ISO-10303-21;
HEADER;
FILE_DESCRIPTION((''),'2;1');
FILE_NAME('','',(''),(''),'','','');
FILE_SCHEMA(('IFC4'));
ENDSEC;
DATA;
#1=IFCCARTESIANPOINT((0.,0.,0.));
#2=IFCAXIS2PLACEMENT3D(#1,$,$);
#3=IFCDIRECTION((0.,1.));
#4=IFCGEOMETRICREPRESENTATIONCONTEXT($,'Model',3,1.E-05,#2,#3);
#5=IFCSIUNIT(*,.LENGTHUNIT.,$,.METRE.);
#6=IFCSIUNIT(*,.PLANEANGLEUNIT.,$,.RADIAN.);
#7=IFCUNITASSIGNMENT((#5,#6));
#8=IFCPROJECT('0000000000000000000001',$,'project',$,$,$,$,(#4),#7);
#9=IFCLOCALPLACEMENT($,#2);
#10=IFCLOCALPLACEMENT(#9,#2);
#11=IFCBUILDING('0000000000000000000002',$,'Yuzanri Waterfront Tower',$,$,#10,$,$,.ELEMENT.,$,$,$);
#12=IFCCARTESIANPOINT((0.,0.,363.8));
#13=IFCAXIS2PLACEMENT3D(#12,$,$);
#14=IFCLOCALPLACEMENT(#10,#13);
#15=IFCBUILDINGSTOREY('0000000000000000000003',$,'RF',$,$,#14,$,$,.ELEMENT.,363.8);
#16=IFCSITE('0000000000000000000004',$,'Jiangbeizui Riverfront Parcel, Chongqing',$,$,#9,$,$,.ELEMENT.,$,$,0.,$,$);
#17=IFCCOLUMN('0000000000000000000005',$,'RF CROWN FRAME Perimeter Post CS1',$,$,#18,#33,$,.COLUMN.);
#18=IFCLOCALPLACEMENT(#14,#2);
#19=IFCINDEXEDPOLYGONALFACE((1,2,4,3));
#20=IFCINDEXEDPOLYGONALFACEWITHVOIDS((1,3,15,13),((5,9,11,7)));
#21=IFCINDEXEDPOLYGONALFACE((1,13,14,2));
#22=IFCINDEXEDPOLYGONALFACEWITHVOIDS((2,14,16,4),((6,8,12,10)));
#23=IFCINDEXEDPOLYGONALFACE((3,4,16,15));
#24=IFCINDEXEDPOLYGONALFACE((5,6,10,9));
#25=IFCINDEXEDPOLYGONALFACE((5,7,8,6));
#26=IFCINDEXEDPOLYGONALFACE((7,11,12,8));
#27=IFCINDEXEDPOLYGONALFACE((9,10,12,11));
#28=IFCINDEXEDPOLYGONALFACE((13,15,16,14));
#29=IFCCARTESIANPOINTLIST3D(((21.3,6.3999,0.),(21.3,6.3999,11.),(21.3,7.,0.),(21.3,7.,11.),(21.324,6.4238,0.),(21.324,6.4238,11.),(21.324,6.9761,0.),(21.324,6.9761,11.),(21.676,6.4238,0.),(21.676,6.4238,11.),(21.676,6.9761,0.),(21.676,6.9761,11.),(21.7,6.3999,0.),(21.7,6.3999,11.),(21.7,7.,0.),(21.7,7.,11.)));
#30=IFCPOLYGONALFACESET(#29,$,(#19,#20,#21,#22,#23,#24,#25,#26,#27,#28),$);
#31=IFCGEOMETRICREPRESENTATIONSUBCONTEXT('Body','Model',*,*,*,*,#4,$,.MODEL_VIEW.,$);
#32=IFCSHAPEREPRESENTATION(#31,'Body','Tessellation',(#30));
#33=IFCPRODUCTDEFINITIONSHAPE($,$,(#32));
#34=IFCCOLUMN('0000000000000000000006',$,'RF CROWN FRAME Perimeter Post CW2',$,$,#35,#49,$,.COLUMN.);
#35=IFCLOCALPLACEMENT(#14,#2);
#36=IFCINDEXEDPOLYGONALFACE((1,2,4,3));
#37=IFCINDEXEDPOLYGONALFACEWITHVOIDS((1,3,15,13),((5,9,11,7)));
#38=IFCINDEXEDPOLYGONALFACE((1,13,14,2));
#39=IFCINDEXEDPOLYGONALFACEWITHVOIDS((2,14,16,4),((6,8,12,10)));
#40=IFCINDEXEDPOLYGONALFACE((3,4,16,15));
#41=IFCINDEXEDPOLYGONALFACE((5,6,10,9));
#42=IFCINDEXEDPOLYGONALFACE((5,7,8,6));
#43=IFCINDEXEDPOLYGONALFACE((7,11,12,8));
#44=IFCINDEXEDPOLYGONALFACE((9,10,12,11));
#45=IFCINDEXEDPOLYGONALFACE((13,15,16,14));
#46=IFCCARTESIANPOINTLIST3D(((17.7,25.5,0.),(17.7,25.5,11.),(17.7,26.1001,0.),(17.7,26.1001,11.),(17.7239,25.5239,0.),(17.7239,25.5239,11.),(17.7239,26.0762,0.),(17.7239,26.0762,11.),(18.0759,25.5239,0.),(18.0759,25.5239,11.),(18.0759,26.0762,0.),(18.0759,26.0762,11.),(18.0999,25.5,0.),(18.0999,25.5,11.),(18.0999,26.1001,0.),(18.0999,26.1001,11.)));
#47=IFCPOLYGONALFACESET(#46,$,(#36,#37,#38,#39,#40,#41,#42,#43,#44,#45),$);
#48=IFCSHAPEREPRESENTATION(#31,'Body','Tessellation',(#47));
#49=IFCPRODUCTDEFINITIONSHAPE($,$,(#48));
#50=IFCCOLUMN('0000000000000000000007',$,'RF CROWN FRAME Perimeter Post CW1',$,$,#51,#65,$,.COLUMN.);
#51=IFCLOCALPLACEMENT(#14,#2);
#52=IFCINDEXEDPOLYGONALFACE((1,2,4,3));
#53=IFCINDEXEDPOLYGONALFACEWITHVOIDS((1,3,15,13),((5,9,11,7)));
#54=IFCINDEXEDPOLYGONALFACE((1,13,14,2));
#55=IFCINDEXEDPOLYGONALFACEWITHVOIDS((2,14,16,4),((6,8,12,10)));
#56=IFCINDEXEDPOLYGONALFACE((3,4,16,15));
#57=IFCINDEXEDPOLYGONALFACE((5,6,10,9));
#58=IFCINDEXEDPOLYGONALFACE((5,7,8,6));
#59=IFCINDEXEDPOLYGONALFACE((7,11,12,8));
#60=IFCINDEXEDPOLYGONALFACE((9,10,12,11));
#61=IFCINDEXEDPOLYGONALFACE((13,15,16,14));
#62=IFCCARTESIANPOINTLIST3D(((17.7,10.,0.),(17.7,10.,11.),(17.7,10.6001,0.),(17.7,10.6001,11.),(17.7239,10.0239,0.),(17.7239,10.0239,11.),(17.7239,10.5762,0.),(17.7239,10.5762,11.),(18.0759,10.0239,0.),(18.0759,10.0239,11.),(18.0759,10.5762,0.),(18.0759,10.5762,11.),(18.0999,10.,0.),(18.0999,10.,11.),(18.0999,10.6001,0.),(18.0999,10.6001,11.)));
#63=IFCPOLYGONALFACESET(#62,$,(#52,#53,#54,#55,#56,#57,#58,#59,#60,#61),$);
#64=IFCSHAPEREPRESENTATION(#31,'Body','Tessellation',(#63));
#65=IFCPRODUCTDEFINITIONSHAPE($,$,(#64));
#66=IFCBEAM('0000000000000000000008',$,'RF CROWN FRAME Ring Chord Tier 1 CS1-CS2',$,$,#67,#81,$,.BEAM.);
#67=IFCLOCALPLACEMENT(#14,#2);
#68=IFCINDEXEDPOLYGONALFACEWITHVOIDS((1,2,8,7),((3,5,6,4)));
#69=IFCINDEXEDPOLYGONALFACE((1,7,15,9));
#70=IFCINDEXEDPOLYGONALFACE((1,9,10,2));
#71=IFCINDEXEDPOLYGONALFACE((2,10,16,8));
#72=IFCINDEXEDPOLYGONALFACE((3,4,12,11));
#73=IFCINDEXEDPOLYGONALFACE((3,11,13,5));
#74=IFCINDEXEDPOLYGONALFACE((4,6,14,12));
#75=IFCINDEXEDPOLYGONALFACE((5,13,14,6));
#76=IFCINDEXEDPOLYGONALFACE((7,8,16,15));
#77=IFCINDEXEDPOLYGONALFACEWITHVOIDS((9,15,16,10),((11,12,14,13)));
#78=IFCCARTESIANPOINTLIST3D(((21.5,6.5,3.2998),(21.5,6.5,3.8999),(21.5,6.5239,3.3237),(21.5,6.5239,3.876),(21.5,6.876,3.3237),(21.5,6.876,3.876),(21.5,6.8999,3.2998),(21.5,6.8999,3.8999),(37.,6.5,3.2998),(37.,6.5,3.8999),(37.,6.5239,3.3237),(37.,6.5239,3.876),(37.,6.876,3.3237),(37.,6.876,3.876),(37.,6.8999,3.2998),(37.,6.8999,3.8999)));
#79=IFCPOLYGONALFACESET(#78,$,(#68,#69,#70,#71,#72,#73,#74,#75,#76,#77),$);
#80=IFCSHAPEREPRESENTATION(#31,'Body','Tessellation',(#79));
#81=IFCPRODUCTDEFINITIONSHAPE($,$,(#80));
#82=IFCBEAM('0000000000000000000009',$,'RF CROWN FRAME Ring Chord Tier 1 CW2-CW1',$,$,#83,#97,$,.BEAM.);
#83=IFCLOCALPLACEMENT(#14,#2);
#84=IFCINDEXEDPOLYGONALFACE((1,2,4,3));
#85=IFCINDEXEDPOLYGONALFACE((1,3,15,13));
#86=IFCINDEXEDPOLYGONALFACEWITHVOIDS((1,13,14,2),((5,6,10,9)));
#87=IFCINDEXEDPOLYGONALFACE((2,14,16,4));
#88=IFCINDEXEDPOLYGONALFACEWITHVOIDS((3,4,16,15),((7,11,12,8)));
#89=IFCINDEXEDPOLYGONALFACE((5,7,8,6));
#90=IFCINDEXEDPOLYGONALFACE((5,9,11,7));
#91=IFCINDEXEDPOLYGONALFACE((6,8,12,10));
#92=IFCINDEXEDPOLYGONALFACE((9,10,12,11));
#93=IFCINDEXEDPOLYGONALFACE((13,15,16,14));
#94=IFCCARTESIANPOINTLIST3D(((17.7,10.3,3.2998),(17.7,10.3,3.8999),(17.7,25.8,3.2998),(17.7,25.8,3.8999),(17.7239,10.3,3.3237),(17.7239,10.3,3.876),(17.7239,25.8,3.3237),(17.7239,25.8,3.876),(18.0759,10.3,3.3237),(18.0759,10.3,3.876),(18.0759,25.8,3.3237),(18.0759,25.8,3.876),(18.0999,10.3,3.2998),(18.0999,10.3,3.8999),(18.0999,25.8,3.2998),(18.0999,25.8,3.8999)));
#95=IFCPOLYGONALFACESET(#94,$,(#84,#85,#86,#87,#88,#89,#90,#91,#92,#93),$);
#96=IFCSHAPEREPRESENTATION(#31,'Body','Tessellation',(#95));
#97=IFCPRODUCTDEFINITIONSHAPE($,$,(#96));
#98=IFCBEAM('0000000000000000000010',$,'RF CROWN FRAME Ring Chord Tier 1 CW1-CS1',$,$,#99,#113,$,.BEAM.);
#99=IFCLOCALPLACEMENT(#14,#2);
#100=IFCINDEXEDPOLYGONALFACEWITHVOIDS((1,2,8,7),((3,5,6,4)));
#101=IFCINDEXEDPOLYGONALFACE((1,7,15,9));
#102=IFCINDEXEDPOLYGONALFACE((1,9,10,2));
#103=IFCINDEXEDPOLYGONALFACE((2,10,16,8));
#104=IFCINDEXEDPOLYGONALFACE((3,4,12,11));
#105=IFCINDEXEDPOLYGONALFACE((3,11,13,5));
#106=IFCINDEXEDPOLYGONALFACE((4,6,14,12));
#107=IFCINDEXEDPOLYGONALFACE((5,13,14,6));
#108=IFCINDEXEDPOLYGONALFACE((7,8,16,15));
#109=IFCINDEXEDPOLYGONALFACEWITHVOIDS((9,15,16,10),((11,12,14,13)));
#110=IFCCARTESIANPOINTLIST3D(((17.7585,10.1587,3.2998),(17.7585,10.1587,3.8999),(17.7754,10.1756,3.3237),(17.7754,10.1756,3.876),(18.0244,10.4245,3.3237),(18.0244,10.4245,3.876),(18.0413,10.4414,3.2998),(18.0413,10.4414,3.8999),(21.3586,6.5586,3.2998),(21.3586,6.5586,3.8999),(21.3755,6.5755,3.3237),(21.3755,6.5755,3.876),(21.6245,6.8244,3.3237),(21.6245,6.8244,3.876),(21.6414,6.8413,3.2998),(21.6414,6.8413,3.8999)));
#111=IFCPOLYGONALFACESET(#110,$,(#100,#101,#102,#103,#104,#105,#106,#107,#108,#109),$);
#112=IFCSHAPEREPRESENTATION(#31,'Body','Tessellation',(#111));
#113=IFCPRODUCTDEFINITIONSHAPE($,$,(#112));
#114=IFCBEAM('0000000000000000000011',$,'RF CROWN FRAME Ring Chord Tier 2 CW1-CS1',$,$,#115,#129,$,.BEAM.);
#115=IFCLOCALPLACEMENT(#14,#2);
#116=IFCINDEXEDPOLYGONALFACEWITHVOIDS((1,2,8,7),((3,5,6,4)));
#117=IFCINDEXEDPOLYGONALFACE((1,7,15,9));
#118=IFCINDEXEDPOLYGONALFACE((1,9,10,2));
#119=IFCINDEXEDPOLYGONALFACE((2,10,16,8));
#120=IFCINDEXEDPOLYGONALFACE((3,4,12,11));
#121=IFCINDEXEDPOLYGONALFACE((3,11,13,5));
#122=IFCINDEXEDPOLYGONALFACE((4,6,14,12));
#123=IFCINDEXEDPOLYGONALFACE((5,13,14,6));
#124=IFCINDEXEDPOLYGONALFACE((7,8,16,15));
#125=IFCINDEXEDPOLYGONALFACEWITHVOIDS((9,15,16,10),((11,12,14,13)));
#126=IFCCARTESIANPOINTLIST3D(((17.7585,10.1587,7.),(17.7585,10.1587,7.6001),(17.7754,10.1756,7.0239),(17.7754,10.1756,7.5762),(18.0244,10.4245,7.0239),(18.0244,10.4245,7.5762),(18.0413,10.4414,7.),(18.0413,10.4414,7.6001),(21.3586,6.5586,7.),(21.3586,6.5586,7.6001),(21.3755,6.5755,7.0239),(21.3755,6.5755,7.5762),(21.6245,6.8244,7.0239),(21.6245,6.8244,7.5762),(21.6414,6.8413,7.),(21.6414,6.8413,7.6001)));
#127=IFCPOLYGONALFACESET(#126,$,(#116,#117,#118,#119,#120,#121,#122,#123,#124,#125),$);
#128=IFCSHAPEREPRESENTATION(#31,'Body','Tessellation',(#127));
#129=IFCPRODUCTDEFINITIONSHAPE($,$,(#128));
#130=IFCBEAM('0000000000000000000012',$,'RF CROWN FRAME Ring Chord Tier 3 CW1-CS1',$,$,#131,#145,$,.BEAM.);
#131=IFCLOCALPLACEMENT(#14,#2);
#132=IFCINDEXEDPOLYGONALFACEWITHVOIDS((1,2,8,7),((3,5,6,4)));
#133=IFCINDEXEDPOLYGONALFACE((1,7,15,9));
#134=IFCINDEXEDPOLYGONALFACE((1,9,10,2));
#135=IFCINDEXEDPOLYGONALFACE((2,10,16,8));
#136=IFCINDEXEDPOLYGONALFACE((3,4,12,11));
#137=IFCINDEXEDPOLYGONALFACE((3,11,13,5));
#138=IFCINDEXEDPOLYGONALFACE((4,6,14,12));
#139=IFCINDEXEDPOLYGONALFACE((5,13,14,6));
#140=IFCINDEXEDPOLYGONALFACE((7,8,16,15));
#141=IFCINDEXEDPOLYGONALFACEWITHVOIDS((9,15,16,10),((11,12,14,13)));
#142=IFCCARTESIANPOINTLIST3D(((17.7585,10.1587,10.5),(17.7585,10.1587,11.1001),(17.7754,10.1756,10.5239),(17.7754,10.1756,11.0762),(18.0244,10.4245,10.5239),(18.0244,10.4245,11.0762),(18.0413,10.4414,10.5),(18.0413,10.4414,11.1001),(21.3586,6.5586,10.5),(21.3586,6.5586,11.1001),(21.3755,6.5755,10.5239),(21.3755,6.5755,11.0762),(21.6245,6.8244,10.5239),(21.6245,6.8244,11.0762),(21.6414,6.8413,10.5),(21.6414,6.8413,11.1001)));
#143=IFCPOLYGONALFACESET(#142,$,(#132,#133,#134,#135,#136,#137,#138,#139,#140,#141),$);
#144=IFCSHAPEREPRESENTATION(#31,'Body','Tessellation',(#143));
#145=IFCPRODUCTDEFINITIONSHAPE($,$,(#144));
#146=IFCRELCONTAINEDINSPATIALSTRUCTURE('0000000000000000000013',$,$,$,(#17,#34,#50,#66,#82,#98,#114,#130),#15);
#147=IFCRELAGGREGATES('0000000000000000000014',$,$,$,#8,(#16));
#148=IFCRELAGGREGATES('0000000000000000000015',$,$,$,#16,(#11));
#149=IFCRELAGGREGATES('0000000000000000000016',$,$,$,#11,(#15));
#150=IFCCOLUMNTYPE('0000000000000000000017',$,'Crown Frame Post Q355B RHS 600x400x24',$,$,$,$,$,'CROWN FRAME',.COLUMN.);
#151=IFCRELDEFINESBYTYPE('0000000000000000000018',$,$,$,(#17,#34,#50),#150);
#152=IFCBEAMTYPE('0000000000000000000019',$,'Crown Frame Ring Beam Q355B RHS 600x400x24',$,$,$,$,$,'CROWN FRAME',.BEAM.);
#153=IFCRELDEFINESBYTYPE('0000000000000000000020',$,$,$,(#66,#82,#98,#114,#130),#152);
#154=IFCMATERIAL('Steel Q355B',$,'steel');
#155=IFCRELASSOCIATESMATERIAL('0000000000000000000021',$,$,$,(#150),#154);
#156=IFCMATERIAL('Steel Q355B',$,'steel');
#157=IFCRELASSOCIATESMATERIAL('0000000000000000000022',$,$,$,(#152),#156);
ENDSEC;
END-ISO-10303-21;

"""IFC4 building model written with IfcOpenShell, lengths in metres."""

from ifc_helpers import new_model, si_unit, direction, frame, origin, origin_2d, place, context, subcontext, project, spatial, hollow_rectangle, extrude, source, transform, mapped, material, material_profile, profile_set, type_object, element, save


model = new_model("IFC4")

# Units and contexts
model_context = context("Model", 3, precision=1e-05, world=origin(), true_north=direction((0.0, 1.0)))
body_context = subcontext(model_context, "Body", "Model", "MODEL_VIEW")
ifc_project = project(units=[si_unit("LENGTHUNIT", "METRE"), si_unit("PLANEANGLEUNIT", "RADIAN")], contexts=[model_context])

# Site, building, storey
site_placement = place(None, origin())
site = spatial("IfcSite", under=ifc_project, at=site_placement, Name="Jiangbeizui Riverfront Parcel, Chongqing", CompositionType="ELEMENT", RefElevation=0.0)
building_placement = place(site_placement, origin())
building = spatial("IfcBuilding", under=site, at=building_placement, Name="Yuzanri Waterfront Tower", CompositionType="ELEMENT")
storey_placement = place(building_placement, frame((0.0, 0.0, 363.8)))
storey = spatial("IfcBuildingStorey", under=building, at=storey_placement, Name="RF", CompositionType="ELEMENT", Elevation=363.8)

# Columns
ifc_material_1 = material(Name="Steel Q355B", Category="steel")
ifc_material_profile_1 = material_profile(ifc_material_1, hollow_rectangle(XDim=0.3999, YDim=0.6001, WallThickness=0.0239, at=origin_2d()), Name="RHS 600x400x24")
ifc_profile_set_1 = profile_set([ifc_material_profile_1], Name="Steel Q355B")
column_type = type_object("IfcColumnType", Name="Crown Frame Post Q355B RHS 600x400x24", ElementType="CROWN FRAME", PredefinedType="COLUMN", material=ifc_profile_set_1)
shared_shape_1 = source(origin(), body_context, "Body", "SweptSolid", [
    extrude(hollow_rectangle(XDim=0.3999, YDim=0.6001, WallThickness=0.0239, at=origin_2d()), origin(), (0.0, 0.0, 1.0), 11.0),
])
for number, where, z_axis, x_axis, name in (
    (1, (21.5, 6.7, 0.0), (0.0, 0.0, 1.0), (1.0, 0.0, 0.0), "RF CROWN FRAME Perimeter Post CS1"),
    (2, (17.8999, 25.8, 0.0), (0.0, 0.0, 1.0), (1.0, 0.0, 0.0), "RF CROWN FRAME Perimeter Post CW2"),
    (3, (17.8999, 10.3, 0.0), (0.0, 0.0, 1.0), (1.0, 0.0, 0.0), "RF CROWN FRAME Perimeter Post CW1"),
):
    element("IfcColumn", number, at=place(storey_placement, frame(where, z_axis=z_axis, x_axis=x_axis)), inside=storey, type_object=column_type, Name=name, PredefinedType="COLUMN", context=body_context, shape_type="MappedRepresentation", body=[
        mapped(shared_shape_1, transform((0.0, 0.0, 0.0), scale=1.0)),
    ])

# Beams
ifc_material_2 = material(Name="Steel Q355B", Category="steel")
ifc_material_profile_2 = material_profile(ifc_material_2, hollow_rectangle(XDim=0.3999, YDim=0.6001, WallThickness=0.0239, at=origin_2d()), Name="RHS 600x400x24")
ifc_profile_set_2 = profile_set([ifc_material_profile_2], Name="Steel Q355B")
beam_type = type_object("IfcBeamType", Name="Crown Frame Ring Beam Q355B RHS 600x400x24", ElementType="CROWN FRAME", PredefinedType="BEAM", material=ifc_profile_set_2)
shared_shape_2 = source(origin(), body_context, "Body", "SweptSolid", [
    extrude(hollow_rectangle(XDim=0.3999, YDim=0.6001, WallThickness=0.0239, at=origin_2d()), origin(), (0.0, 0.0, 1.0), 15.5),
])
for number, where, z_axis, x_axis, name in (
    (4, (21.5, 6.7, 3.5999), (1.0, 0.0, 0.0), (0.0, 1.0, 0.0), "RF CROWN FRAME Ring Chord Tier 1 CS1-CS2"),
    (5, (17.8999, 25.8, 3.5999), (0.0, -1.0, 0.0), (1.0, 0.0, 0.0), "RF CROWN FRAME Ring Chord Tier 1 CW2-CW1"),
):
    element("IfcBeam", number, at=place(storey_placement, frame(where, z_axis=z_axis, x_axis=x_axis)), inside=storey, type_object=beam_type, Name=name, PredefinedType="BEAM", context=body_context, shape_type="MappedRepresentation", body=[
        mapped(shared_shape_2, transform((0.0, 0.0, 0.0), scale=1.0)),
    ])
shared_shape_3 = source(origin(), body_context, "Body", "SweptSolid", [
    extrude(hollow_rectangle(XDim=0.3999, YDim=0.6001, WallThickness=0.0239, at=origin_2d()), origin(), (0.0, 0.0, 1.0), 5.0913),
])
for number, where, z_axis, x_axis, name in (
    (6, (17.8999, 10.3, 3.5999), (0.707107, -0.707107, 0.0), (0.707107, 0.707107, 0.0), "RF CROWN FRAME Ring Chord Tier 1 CW1-CS1"),
    (7, (17.8999, 10.3, 7.3), (0.707107, -0.707107, 0.0), (0.707107, 0.707107, 0.0), "RF CROWN FRAME Ring Chord Tier 2 CW1-CS1"),
    (8, (17.8999, 10.3, 10.8), (0.707107, -0.707107, 0.0), (0.707107, 0.707107, 0.0), "RF CROWN FRAME Ring Chord Tier 3 CW1-CS1"),
):
    element("IfcBeam", number, at=place(storey_placement, frame(where, z_axis=z_axis, x_axis=x_axis)), inside=storey, type_object=beam_type, Name=name, PredefinedType="BEAM", context=body_context, shape_type="MappedRepresentation", body=[
        mapped(shared_shape_3, transform((0.0, 0.0, 0.0), scale=1.0)),
    ])

save(model, "model.ifc")
